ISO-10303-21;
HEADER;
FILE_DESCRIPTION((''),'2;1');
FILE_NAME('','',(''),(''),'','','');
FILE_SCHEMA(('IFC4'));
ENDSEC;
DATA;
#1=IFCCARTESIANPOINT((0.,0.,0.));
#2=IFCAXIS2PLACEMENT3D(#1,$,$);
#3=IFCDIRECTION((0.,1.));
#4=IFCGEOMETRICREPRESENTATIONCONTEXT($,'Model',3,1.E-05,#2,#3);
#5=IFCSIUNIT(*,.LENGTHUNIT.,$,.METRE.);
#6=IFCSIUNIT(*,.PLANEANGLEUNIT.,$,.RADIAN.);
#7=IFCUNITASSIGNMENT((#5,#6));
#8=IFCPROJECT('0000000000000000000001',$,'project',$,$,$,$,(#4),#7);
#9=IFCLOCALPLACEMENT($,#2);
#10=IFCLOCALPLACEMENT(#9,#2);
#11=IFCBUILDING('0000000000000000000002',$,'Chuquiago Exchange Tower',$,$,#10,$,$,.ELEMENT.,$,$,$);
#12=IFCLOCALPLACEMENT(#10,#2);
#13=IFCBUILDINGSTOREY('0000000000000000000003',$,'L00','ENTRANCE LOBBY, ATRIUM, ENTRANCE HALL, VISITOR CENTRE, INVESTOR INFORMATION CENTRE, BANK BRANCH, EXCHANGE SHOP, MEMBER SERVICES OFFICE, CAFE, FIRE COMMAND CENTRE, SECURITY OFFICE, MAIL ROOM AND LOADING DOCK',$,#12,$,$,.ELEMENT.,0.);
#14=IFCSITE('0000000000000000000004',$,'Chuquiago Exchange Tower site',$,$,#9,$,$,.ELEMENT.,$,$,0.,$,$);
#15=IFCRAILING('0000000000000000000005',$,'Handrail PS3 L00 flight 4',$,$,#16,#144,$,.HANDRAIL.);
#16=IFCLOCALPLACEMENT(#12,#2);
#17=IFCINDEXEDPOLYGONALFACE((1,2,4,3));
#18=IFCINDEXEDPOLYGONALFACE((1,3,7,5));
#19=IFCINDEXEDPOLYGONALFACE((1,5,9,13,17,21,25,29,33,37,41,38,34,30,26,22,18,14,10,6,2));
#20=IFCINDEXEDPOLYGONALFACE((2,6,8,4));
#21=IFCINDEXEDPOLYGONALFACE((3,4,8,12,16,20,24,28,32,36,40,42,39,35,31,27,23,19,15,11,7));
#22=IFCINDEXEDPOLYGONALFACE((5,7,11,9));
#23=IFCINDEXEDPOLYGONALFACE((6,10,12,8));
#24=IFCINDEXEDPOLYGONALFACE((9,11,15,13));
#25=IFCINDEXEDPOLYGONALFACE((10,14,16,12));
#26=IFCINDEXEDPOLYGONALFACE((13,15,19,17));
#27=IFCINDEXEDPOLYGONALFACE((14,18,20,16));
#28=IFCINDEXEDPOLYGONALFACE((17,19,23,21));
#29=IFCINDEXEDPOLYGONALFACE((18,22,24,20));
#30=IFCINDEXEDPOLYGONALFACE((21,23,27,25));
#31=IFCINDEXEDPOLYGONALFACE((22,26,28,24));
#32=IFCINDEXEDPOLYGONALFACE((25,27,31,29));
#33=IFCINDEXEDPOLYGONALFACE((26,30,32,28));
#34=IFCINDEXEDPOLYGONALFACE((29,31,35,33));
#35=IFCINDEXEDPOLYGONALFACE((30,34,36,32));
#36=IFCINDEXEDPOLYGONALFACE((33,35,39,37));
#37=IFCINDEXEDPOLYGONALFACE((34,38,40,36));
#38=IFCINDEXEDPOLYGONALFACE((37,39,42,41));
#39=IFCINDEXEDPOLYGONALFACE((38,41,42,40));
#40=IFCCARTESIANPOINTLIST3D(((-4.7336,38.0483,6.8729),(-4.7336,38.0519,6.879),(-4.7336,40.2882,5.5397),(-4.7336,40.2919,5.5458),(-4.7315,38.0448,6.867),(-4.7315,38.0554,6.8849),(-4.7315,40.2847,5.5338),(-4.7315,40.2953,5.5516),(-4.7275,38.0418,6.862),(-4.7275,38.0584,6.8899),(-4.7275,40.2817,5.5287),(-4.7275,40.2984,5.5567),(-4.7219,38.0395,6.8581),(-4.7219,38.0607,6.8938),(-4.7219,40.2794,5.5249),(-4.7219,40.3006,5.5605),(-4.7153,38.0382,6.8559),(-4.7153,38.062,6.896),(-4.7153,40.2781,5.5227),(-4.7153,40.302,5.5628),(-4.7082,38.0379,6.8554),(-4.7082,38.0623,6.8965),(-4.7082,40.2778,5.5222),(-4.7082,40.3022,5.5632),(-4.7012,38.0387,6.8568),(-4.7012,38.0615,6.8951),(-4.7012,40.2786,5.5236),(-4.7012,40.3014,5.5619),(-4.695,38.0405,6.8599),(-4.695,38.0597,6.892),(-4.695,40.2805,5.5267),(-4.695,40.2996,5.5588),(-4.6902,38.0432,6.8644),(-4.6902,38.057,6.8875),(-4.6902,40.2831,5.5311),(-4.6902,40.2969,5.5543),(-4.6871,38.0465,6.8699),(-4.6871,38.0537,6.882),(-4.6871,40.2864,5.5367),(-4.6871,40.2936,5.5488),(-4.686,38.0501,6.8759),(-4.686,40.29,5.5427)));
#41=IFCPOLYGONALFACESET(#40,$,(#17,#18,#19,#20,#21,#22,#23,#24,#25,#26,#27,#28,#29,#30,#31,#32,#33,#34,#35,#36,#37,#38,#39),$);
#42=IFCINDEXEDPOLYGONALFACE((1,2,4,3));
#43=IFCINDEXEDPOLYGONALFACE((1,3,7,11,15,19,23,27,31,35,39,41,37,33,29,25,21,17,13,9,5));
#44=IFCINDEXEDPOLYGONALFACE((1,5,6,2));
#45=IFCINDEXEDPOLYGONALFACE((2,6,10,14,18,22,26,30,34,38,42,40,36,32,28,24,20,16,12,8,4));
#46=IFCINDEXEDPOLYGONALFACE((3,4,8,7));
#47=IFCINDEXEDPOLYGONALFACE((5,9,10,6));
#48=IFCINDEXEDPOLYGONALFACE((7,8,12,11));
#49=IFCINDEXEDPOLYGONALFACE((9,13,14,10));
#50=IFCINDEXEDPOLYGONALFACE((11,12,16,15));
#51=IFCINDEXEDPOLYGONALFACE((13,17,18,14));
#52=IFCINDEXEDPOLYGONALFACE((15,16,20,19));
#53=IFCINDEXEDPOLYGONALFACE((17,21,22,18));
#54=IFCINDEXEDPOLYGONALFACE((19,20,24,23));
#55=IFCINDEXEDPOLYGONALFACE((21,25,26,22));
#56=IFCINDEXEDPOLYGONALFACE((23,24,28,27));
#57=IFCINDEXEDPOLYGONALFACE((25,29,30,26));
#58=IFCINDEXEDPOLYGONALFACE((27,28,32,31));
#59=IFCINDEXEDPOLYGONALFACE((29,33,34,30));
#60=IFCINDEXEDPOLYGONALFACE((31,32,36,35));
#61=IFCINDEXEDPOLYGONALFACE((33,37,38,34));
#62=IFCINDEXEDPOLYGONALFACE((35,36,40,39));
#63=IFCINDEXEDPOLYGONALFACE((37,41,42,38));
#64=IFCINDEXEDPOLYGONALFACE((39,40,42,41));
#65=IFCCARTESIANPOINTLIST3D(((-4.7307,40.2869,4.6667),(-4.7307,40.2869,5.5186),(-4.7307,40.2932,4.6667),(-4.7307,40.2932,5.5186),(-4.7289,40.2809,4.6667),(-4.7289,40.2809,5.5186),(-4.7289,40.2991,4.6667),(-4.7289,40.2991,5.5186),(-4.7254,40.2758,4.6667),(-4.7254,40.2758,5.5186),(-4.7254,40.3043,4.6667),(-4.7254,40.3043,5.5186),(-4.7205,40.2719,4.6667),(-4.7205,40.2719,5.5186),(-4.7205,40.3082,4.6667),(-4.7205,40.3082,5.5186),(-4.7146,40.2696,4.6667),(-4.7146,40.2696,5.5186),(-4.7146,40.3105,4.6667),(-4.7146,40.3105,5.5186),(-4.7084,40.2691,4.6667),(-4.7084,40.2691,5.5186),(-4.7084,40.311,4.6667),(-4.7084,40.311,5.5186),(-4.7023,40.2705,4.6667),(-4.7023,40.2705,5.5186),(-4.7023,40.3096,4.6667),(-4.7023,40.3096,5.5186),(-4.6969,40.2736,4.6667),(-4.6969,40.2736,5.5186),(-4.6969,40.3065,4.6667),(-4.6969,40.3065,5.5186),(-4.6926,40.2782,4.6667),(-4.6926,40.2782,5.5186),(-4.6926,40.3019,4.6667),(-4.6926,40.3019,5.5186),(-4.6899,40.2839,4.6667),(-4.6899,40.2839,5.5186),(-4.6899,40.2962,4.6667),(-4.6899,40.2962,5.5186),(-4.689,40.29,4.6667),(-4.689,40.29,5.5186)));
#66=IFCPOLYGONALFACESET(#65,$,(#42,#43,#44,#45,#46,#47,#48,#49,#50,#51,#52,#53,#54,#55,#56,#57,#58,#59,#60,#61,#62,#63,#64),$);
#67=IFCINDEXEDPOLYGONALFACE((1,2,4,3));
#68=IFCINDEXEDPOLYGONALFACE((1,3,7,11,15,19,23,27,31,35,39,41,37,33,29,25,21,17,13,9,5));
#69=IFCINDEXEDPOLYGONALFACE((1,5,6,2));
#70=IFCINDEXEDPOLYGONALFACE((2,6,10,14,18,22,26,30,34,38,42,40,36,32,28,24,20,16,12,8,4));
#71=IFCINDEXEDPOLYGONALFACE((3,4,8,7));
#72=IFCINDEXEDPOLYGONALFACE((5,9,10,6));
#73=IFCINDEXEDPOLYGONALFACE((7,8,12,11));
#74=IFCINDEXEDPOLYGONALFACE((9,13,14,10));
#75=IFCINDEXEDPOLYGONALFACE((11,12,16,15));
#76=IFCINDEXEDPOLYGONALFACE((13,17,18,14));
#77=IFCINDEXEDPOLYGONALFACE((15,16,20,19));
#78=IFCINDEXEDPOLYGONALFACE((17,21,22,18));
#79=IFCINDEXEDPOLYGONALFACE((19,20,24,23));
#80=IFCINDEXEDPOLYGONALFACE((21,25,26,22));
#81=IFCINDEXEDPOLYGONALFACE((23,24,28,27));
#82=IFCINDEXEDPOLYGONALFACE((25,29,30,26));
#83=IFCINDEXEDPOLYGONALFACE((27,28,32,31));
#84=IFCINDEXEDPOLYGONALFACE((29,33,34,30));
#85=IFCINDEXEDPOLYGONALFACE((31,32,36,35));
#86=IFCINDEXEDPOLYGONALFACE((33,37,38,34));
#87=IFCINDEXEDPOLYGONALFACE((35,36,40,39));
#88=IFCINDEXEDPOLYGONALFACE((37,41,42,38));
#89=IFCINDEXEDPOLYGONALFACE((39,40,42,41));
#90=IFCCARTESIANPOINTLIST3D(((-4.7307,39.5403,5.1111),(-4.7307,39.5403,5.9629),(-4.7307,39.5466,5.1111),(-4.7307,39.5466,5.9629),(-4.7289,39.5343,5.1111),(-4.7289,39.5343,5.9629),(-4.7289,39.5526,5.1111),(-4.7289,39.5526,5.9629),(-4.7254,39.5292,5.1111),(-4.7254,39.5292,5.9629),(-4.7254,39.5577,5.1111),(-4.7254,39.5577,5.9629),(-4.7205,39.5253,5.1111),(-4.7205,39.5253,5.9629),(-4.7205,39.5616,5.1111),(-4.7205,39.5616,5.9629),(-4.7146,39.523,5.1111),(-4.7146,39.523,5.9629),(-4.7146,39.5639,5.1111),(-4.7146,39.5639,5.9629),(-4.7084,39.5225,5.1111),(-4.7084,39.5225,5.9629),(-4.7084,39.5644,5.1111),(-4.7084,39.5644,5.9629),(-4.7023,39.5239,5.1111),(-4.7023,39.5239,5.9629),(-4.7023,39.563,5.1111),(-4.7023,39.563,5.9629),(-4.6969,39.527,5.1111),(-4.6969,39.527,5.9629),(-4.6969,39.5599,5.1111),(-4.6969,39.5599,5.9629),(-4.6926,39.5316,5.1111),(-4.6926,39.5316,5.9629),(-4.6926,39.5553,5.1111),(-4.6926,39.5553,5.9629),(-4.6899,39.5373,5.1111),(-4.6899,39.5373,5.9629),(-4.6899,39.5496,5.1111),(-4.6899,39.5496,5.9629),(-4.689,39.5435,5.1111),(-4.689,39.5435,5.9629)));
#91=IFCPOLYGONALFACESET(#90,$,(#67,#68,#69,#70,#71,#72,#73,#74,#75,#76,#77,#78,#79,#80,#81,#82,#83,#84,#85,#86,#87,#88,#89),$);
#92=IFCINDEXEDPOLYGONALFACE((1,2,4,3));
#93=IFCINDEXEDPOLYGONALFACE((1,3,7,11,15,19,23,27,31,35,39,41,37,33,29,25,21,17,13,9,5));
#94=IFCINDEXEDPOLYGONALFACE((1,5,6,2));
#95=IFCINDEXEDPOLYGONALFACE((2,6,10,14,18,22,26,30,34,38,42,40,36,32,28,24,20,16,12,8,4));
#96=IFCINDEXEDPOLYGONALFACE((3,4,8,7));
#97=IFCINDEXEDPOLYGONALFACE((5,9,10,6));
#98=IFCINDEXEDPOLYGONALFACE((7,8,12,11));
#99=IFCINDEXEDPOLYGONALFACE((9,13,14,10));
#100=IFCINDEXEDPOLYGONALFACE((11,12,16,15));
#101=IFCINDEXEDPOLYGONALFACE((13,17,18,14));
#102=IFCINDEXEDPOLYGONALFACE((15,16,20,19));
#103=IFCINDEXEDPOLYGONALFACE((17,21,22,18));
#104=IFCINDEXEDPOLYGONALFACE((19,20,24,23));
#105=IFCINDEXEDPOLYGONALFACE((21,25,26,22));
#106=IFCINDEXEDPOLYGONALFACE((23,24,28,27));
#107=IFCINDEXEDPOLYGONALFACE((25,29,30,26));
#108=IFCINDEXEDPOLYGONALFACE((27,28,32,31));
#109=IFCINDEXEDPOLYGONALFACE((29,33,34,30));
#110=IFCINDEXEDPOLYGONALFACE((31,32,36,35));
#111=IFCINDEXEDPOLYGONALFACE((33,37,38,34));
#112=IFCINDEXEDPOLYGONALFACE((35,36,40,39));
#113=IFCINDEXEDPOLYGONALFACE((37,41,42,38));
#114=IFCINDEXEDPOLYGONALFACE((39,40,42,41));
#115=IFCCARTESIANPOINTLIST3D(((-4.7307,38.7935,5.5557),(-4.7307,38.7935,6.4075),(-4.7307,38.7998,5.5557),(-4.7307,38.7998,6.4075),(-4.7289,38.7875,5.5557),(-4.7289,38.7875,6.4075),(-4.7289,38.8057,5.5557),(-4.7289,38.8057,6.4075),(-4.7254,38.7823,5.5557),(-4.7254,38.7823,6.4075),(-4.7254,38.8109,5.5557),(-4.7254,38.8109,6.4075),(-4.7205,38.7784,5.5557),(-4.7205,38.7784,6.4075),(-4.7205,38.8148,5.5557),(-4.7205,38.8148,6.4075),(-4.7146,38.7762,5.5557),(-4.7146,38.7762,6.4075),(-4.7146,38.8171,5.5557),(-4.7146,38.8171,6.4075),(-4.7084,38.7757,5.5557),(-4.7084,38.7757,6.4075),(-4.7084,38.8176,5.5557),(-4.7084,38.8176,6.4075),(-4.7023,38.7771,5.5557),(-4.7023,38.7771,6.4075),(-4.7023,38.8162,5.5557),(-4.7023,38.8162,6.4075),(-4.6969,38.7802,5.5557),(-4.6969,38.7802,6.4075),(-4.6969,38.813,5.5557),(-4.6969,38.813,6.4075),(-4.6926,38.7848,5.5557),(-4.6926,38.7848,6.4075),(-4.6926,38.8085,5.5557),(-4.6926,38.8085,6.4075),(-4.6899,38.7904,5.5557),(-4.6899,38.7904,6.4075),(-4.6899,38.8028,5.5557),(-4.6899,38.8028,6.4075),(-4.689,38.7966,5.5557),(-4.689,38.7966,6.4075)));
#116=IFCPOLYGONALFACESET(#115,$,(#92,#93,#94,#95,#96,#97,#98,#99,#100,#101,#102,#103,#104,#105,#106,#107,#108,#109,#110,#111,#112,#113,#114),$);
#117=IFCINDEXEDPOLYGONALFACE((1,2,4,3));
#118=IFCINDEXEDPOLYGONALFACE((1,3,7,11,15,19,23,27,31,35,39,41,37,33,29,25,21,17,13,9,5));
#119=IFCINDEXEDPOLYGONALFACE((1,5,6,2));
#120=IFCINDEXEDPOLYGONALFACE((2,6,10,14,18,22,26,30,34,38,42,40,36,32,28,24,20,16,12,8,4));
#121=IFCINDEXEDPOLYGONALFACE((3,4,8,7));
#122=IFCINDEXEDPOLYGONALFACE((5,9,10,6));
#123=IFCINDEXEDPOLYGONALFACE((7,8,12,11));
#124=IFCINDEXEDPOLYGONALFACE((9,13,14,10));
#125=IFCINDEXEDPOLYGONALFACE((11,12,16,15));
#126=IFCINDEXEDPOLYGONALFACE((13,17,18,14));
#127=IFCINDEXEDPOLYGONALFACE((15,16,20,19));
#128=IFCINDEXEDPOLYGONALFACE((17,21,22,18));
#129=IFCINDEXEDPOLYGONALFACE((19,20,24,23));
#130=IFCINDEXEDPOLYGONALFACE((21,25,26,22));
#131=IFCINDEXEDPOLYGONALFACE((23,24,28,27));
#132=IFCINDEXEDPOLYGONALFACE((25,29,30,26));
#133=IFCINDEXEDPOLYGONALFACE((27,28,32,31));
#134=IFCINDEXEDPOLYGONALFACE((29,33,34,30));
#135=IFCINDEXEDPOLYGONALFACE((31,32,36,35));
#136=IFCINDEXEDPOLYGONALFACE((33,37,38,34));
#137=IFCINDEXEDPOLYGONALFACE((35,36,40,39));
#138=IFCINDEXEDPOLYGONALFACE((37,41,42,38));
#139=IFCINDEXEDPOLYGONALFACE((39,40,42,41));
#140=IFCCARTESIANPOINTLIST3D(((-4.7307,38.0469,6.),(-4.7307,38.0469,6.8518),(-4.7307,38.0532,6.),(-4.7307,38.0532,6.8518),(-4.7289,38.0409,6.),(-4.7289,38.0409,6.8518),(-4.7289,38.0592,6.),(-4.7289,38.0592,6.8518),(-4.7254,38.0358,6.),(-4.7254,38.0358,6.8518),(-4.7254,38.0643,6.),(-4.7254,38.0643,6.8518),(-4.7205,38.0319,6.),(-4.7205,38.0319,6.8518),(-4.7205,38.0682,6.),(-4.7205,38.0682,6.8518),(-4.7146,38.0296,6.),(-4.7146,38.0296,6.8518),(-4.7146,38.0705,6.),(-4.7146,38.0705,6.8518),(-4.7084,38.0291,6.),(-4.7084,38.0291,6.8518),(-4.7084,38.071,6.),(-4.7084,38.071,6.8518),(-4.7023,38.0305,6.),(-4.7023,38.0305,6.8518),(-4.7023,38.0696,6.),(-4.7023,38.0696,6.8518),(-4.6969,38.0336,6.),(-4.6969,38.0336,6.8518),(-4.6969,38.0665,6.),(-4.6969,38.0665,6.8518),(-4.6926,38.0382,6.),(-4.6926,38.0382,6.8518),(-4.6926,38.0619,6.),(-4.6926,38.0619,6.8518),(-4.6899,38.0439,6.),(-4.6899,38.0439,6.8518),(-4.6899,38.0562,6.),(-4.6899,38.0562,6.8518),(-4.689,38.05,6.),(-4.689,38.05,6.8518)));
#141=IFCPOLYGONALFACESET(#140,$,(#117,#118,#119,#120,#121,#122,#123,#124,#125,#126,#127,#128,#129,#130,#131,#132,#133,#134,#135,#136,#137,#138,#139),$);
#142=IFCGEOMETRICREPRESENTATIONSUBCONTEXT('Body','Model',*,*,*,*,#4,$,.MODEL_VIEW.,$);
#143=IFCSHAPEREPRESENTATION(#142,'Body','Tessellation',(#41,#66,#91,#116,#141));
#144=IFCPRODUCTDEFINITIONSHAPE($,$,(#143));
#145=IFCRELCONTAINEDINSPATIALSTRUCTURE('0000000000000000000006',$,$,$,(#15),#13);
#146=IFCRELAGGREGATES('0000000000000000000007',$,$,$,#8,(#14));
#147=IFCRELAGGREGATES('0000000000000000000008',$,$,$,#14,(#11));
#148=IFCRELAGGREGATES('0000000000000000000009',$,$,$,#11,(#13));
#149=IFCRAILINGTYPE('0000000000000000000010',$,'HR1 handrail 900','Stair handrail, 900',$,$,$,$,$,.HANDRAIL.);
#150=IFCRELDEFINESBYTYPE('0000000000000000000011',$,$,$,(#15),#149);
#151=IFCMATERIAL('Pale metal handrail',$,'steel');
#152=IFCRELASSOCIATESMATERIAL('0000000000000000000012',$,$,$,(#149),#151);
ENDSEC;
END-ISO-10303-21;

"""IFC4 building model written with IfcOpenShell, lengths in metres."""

from ifc_helpers import new_model, si_unit, direction, frame, origin, origin_2d, place, context, subcontext, project, spatial, circle, extrude, material, type_object, element, save


model = new_model("IFC4")

# Units and contexts
model_context = context("Model", 3, precision=1e-05, world=origin(), true_north=direction((0.0, 1.0)))
body_context = subcontext(model_context, "Body", "Model", "MODEL_VIEW")
ifc_project = project(units=[si_unit("LENGTHUNIT", "METRE"), si_unit("PLANEANGLEUNIT", "RADIAN")], contexts=[model_context])

# Site, building, storey
site_placement = place(None, origin())
site = spatial("IfcSite", under=ifc_project, at=site_placement, Name="Chuquiago Exchange Tower site", CompositionType="ELEMENT", RefElevation=0.0)
building_placement = place(site_placement, origin())
building = spatial("IfcBuilding", under=site, at=building_placement, Name="Chuquiago Exchange Tower", CompositionType="ELEMENT")
storey_placement = place(building_placement, origin())
storey = spatial("IfcBuildingStorey", under=building, at=storey_placement, Name="L00", Description="ENTRANCE LOBBY, ATRIUM, ENTRANCE HALL, VISITOR CENTRE, INVESTOR INFORMATION CENTRE, BANK BRANCH, EXCHANGE SHOP, MEMBER SERVICES OFFICE, CAFE, FIRE COMMAND CENTRE, SECURITY OFFICE, MAIL ROOM AND LOADING DOCK", CompositionType="ELEMENT", Elevation=0.0)

# Railing
ifc_material_1 = material(Name="Pale metal handrail", Category="steel")
railing_type = type_object("IfcRailingType", Name="HR1 handrail 900", Description="Stair handrail, 900", PredefinedType="HANDRAIL", material=ifc_material_1)
for number, where, name in (
    (1, (-4.71, 40.29, 4.6667), "Handrail PS3 L00 flight 4"),
):
    element("IfcRailing", number, at=place(storey_placement, frame(where)), inside=storey, type_object=railing_type, Name=name, PredefinedType="HANDRAIL", context=body_context, shape_type="SweptSolid", body=[
        extrude(circle(Radius=0.0239, at=origin_2d()), frame((0.0, 0.0, 0.876), z_axis=(0.0, -0.859306, 0.511462), x_axis=(1.0, 0.0, 0.0)), (0.0, 0.0, 1.0), 2.6067),
        extrude(circle(Radius=0.021, at=origin_2d()), origin(), (0.0, 0.0, 1.0), 0.8518),
        extrude(circle(Radius=0.021, at=origin_2d()), frame((0.0, -0.7466, 0.4443)), (0.0, 0.0, 1.0), 0.8518),
        extrude(circle(Radius=0.021, at=origin_2d()), frame((0.0, -1.4934, 0.8889)), (0.0, 0.0, 1.0), 0.8518),
        extrude(circle(Radius=0.021, at=origin_2d()), frame((0.0, -2.24, 1.3333)), (0.0, 0.0, 1.0), 0.8518),
    ])

save(model, "model.ifc")
